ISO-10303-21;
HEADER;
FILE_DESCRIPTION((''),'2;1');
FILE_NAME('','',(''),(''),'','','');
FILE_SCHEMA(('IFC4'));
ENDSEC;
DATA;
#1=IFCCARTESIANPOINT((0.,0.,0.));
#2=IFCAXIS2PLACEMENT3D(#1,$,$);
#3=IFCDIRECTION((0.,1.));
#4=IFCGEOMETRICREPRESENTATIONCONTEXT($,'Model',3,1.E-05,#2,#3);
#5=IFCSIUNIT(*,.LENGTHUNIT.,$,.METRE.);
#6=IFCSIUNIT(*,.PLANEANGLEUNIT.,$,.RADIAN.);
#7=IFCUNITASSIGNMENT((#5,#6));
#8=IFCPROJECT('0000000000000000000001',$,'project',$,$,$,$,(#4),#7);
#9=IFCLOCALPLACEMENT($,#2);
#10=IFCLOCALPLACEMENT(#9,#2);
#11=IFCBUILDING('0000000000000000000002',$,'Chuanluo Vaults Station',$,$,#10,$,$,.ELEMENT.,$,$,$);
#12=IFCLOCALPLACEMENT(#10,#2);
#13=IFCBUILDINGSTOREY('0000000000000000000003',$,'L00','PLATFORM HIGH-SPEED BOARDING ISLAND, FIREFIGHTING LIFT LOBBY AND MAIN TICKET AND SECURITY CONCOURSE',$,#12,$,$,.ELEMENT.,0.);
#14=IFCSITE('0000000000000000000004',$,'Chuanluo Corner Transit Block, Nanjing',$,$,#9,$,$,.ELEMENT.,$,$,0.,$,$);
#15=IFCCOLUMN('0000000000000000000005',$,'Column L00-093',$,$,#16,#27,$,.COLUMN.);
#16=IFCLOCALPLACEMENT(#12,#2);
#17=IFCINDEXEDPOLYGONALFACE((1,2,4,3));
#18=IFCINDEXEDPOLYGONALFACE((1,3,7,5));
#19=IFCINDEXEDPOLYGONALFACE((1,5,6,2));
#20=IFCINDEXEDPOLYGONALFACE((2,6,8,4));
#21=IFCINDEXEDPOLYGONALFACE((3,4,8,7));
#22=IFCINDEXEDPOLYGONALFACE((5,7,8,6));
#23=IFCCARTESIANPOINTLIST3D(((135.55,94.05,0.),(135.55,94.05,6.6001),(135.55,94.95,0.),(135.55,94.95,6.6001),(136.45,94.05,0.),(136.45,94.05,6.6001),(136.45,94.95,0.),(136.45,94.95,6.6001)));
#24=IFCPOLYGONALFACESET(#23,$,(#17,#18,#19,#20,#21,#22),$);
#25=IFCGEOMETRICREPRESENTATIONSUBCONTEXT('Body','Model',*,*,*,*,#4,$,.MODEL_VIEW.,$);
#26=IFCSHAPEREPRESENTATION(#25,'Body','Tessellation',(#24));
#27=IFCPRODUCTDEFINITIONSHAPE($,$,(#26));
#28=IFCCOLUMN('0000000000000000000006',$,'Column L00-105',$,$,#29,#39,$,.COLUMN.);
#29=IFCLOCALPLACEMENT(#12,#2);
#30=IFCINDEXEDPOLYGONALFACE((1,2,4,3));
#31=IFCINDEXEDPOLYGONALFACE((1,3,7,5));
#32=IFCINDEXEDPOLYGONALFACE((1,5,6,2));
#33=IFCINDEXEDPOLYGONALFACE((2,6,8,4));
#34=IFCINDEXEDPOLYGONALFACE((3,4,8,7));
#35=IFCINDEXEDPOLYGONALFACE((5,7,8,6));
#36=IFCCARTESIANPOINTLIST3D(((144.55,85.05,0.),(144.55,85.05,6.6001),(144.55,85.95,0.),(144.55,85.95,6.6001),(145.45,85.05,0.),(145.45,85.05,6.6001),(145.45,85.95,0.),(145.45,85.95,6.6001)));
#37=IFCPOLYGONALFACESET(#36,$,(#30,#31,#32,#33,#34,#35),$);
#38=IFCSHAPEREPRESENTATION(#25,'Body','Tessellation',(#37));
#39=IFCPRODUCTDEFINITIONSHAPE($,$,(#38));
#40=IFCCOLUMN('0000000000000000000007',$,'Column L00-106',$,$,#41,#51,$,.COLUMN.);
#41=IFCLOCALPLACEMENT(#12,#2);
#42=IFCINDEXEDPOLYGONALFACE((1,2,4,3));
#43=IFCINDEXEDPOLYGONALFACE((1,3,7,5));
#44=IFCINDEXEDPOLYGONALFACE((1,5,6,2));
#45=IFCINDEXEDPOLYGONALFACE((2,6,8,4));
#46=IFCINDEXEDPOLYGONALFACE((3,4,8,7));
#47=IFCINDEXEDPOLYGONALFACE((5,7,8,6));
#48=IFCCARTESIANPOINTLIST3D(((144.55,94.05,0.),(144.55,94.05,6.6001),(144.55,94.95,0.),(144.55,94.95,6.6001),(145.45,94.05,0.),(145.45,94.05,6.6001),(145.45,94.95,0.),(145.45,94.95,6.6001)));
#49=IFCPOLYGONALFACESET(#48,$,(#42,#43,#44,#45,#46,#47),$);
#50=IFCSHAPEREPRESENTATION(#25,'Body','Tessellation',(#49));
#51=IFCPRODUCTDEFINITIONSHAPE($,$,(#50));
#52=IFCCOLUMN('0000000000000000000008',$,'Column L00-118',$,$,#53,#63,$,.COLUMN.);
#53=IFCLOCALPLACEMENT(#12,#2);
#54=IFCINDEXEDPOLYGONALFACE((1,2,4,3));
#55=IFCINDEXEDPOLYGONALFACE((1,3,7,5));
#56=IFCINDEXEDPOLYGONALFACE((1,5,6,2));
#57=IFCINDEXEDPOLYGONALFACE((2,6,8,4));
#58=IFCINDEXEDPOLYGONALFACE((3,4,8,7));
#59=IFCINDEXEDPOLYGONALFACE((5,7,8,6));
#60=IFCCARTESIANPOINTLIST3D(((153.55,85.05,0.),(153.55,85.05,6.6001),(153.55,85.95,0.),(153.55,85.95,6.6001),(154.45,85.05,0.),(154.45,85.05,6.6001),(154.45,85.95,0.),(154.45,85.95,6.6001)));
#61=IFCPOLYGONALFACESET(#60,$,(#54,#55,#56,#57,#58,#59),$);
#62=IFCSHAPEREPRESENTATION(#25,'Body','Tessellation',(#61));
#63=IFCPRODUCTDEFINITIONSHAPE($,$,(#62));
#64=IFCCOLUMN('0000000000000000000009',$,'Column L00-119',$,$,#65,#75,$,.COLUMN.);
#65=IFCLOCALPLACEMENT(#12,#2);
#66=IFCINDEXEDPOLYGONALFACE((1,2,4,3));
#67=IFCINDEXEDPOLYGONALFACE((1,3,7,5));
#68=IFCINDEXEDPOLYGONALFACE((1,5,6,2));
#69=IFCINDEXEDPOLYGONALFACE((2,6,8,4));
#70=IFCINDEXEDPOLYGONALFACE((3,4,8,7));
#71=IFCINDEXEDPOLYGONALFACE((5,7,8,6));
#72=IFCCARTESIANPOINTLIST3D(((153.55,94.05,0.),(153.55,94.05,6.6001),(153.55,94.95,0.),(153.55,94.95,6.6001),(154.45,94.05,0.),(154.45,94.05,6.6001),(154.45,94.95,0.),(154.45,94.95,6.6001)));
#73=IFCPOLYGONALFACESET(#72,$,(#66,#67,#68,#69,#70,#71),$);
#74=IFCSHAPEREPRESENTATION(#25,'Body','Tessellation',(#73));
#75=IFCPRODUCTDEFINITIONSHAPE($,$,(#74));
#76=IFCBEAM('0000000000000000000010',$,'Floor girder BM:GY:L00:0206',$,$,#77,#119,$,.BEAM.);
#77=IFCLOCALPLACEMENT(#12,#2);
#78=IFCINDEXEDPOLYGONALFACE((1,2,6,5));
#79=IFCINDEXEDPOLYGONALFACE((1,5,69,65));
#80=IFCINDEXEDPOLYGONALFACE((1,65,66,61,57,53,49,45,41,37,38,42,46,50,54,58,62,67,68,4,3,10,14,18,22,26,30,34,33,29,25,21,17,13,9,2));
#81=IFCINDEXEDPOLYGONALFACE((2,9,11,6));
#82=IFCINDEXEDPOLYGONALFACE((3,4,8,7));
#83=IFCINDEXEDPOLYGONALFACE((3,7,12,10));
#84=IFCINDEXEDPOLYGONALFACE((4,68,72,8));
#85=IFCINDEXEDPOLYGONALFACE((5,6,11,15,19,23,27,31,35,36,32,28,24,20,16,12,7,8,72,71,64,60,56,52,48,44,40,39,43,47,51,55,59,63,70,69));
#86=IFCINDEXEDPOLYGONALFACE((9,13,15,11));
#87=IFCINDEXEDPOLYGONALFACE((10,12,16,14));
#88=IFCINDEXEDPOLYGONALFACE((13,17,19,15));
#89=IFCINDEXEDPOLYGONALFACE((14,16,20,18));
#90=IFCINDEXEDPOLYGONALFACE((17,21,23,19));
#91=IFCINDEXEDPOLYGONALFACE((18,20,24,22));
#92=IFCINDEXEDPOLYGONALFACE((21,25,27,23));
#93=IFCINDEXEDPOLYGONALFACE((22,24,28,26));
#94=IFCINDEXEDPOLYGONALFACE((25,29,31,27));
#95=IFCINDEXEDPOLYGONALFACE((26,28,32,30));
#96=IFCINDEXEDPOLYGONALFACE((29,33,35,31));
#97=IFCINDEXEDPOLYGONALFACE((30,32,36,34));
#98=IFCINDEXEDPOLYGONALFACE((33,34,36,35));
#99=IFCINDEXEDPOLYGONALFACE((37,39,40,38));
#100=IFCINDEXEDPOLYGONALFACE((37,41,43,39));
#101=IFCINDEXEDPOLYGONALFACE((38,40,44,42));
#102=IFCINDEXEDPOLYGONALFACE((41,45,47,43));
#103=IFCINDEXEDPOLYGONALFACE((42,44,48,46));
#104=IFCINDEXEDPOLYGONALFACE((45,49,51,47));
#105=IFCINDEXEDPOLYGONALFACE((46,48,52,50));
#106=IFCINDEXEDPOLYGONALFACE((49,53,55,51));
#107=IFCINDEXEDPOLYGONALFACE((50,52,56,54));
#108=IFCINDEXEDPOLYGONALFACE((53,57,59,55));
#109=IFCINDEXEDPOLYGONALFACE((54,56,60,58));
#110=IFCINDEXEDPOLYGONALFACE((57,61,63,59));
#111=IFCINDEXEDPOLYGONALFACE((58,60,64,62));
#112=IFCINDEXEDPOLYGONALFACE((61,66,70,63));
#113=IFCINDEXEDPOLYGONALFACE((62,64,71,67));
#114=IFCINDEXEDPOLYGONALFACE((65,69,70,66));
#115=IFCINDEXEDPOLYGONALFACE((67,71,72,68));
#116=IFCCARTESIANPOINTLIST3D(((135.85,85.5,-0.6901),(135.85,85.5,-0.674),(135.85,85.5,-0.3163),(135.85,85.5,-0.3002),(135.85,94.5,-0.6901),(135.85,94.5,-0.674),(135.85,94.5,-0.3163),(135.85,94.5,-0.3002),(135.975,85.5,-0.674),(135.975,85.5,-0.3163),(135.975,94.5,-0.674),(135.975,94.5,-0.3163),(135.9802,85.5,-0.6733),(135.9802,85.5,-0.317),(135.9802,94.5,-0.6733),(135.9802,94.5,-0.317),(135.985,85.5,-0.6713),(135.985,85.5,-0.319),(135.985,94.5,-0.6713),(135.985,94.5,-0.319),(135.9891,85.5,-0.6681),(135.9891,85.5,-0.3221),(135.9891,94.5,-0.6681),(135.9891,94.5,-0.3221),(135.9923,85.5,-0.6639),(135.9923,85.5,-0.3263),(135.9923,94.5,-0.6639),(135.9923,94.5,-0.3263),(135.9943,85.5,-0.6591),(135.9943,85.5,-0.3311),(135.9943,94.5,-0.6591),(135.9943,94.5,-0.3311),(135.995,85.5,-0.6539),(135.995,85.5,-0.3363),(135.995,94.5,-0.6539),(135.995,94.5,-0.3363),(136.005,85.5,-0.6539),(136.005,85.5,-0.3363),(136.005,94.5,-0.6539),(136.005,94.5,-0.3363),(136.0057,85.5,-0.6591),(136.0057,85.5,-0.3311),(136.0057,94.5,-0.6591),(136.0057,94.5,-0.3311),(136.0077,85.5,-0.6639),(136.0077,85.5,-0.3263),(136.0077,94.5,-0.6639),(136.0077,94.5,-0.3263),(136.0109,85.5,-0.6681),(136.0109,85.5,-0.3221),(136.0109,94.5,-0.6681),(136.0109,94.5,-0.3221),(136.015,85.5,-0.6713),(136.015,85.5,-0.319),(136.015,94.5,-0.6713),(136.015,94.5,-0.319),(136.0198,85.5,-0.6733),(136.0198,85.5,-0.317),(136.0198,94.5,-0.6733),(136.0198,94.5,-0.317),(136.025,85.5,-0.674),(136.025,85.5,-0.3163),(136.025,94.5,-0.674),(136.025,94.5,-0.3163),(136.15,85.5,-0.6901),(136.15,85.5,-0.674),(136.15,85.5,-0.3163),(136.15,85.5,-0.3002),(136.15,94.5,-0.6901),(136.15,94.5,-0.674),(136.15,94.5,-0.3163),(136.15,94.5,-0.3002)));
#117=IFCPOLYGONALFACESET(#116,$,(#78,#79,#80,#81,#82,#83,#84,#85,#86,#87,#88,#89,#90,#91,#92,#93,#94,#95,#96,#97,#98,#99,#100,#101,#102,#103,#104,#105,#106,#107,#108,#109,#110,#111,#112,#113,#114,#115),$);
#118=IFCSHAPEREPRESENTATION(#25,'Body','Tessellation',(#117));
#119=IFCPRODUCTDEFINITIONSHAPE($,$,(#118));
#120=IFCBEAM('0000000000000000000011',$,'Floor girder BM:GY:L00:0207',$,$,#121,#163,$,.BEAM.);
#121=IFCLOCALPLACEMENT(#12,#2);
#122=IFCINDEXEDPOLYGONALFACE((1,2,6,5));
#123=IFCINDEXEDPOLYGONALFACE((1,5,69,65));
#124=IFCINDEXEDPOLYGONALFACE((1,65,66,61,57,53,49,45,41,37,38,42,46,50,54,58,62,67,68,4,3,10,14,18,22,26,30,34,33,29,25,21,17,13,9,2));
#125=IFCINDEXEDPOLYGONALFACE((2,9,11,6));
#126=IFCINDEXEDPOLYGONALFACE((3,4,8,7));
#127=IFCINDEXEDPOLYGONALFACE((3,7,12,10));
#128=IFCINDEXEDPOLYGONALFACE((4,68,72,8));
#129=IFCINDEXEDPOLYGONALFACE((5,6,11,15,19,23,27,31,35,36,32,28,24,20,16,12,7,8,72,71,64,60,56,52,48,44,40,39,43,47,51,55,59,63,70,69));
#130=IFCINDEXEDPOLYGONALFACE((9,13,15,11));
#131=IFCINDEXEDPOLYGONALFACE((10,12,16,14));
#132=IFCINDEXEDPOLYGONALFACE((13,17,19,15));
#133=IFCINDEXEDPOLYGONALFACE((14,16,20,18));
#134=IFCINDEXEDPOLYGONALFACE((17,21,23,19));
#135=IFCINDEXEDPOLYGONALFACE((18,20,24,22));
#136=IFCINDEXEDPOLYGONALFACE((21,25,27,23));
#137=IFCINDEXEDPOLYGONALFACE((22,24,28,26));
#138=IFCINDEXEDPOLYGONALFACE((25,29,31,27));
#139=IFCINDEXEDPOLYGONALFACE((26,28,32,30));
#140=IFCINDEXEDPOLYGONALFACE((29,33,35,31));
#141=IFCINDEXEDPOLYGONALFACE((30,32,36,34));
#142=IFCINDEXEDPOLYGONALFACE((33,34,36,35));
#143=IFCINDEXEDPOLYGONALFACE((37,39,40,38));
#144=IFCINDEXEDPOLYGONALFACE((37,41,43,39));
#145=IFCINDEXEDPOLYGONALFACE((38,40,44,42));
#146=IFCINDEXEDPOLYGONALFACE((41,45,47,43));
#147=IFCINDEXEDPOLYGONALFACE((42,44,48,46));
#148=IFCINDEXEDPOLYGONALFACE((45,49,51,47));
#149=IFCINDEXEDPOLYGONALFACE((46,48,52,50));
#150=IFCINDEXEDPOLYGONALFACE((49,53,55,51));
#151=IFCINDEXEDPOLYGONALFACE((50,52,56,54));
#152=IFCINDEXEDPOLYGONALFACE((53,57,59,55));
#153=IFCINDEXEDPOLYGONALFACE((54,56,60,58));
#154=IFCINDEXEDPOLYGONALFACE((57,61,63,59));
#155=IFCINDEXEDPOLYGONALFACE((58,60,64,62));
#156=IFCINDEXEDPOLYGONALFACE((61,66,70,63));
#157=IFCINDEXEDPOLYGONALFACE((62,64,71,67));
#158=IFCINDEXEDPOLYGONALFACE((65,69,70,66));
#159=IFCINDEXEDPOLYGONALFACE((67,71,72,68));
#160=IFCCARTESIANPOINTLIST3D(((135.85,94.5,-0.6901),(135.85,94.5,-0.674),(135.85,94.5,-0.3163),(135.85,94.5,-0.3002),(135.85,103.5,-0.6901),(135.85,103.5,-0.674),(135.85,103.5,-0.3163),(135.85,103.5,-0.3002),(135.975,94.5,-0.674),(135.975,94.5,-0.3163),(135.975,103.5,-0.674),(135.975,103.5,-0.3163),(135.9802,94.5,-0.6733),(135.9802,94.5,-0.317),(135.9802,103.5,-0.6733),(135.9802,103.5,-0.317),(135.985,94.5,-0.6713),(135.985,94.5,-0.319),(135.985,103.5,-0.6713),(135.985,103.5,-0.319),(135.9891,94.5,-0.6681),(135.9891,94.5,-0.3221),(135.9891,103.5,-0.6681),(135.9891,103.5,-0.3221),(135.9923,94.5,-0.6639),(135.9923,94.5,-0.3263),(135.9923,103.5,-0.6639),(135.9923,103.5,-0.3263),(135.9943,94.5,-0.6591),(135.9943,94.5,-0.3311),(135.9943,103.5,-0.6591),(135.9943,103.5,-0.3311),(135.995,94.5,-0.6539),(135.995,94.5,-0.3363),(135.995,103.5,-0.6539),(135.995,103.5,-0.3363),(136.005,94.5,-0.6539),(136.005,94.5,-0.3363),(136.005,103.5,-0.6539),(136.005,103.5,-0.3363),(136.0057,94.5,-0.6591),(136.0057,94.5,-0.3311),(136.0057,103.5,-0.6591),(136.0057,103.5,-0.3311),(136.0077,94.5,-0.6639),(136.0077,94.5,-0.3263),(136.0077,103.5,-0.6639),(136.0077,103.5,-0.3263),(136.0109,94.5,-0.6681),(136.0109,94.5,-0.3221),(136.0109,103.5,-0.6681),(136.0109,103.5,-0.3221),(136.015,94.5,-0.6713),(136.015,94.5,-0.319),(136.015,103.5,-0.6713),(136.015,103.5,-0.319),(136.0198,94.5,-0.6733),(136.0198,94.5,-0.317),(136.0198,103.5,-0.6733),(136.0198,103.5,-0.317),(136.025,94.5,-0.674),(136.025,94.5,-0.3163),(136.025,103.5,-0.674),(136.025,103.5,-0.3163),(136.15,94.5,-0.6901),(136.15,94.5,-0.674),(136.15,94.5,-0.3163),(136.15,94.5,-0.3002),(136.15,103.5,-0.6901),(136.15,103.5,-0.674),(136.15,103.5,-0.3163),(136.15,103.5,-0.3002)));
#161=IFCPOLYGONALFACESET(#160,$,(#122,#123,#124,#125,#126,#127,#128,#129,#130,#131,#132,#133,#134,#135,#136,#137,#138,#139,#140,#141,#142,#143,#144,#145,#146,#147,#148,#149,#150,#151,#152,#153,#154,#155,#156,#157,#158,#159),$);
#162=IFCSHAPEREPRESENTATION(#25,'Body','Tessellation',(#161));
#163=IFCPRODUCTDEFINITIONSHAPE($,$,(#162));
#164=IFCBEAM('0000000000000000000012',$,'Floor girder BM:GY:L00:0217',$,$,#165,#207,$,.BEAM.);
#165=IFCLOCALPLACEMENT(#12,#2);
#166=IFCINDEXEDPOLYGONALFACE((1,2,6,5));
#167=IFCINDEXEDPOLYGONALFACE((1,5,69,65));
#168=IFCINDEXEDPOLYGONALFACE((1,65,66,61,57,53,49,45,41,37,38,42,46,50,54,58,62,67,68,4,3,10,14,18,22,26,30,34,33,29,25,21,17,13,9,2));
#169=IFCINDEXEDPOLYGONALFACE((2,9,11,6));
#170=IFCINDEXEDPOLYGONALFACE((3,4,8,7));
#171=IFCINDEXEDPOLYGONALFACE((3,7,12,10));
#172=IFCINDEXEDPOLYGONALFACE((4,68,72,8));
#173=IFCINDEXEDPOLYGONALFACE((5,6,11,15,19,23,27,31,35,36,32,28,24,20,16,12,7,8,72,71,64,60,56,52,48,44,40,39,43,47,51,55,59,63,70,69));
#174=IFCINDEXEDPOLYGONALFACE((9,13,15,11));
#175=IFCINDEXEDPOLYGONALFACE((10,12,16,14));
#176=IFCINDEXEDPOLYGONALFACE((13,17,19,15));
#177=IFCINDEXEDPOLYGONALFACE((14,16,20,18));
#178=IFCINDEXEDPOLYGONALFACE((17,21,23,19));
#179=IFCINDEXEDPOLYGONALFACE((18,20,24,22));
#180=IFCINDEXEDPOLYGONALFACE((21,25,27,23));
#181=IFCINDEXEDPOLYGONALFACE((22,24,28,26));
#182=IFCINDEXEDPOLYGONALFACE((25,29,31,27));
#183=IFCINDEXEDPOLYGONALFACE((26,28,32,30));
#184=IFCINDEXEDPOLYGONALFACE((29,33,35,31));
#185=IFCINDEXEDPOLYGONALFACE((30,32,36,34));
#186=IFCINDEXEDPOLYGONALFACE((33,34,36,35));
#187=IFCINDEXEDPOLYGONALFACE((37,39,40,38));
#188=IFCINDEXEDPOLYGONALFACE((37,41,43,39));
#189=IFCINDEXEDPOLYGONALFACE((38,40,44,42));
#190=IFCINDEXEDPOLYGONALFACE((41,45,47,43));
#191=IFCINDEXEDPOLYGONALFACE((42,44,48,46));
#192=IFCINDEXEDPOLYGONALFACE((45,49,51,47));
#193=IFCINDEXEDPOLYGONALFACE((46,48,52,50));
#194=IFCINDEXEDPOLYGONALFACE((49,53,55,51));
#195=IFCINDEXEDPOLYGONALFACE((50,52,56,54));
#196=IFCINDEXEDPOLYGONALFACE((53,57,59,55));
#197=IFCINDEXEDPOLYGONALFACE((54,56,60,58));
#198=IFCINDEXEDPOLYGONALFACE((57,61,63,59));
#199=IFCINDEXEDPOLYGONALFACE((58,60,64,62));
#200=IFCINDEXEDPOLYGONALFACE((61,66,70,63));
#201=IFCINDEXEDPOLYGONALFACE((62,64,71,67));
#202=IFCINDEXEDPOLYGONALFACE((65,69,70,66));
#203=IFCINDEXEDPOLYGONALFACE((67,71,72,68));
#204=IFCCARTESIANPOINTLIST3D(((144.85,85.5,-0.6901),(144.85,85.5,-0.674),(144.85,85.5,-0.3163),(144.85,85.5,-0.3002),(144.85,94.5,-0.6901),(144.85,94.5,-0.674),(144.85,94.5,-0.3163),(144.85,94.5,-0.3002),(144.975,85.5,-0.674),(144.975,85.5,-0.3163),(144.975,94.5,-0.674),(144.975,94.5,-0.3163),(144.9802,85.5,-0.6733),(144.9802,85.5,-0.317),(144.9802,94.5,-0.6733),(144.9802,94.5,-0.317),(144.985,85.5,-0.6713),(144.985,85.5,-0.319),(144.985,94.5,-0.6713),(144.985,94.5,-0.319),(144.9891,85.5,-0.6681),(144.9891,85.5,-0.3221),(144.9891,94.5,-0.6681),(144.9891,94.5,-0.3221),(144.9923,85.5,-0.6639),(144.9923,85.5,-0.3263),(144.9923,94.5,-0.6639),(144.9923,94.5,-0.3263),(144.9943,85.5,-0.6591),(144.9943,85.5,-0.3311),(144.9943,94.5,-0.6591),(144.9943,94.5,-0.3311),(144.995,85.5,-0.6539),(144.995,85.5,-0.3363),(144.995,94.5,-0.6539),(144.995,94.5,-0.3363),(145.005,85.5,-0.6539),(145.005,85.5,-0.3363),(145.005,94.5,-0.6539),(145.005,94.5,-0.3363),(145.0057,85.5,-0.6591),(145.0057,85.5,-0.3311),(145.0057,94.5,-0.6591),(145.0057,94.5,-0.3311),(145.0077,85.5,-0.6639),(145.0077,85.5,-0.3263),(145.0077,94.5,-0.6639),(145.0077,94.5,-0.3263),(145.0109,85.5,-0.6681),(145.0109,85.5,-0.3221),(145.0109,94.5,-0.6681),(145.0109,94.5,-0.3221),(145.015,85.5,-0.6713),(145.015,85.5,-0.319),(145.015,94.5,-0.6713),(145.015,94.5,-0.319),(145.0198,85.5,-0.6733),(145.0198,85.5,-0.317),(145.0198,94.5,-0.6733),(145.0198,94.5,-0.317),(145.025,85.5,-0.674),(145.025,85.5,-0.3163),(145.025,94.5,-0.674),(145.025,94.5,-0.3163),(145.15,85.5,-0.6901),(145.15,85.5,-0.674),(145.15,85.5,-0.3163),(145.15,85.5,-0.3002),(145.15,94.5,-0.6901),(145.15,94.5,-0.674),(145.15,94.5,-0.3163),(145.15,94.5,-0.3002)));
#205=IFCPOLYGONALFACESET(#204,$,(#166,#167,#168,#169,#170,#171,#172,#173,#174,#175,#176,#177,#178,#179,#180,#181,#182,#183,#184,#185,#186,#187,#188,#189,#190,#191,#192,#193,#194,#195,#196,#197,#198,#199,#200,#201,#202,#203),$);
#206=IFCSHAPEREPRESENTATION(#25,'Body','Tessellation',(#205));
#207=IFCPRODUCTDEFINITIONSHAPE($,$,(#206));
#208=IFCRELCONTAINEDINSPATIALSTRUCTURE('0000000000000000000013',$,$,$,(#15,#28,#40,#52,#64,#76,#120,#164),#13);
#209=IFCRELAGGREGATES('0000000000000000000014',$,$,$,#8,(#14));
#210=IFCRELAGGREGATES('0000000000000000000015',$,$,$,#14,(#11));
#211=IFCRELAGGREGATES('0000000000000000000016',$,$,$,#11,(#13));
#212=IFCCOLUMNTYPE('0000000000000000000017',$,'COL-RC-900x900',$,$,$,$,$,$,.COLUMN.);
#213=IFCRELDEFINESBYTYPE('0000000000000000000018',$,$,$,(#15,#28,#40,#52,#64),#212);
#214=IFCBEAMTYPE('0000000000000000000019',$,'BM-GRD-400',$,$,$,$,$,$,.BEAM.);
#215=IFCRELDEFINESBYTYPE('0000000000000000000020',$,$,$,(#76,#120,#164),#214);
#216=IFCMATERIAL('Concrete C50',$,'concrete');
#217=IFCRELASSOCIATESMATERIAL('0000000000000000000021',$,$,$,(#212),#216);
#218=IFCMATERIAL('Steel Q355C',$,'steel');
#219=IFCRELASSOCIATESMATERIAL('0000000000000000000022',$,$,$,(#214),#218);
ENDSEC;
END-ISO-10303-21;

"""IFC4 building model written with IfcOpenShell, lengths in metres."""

from ifc_helpers import new_model, si_unit, direction, frame, origin, origin_2d, place, context, subcontext, project, spatial, rectangle, i_section, extrude, material, material_profile, profile_set, type_object, element, save


model = new_model("IFC4")

# Units and contexts
model_context = context("Model", 3, precision=1e-05, world=origin(), true_north=direction((0.0, 1.0)))
body_context = subcontext(model_context, "Body", "Model", "MODEL_VIEW")
ifc_project = project(units=[si_unit("LENGTHUNIT", "METRE"), si_unit("PLANEANGLEUNIT", "RADIAN")], contexts=[model_context])

# Site, building, storey
site_placement = place(None, origin())
site = spatial("IfcSite", under=ifc_project, at=site_placement, Name="Chuanluo Corner Transit Block, Nanjing", CompositionType="ELEMENT", RefElevation=0.0)
building_placement = place(site_placement, origin())
building = spatial("IfcBuilding", under=site, at=building_placement, Name="Chuanluo Vaults Station", CompositionType="ELEMENT")
storey_placement = place(building_placement, origin())
storey = spatial("IfcBuildingStorey", under=building, at=storey_placement, Name="L00", Description="PLATFORM HIGH-SPEED BOARDING ISLAND, FIREFIGHTING LIFT LOBBY AND MAIN TICKET AND SECURITY CONCOURSE", CompositionType="ELEMENT", Elevation=0.0)

# Columns
ifc_material_1 = material(Name="Concrete C50", Category="concrete")
ifc_material_profile_1 = material_profile(ifc_material_1, rectangle(XDim=0.8999, YDim=0.8999, at=origin_2d()))
ifc_profile_set_1 = profile_set([ifc_material_profile_1], Name="Concrete C50")
column_type = type_object("IfcColumnType", Name="COL-RC-900x900", PredefinedType="COLUMN", material=ifc_profile_set_1)
for number, where, z_axis, x_axis, name in (
    (1, (136.0, 94.5, 0.0), (0.0, 0.0, 1.0), (1.0, 0.0, 0.0), "Column L00-093"),
    (2, (145.0, 85.5, 0.0), (0.0, 0.0, 1.0), (1.0, 0.0, 0.0), "Column L00-105"),
    (3, (145.0, 94.5, 0.0), (0.0, 0.0, 1.0), (1.0, 0.0, 0.0), "Column L00-106"),
    (4, (154.0, 85.5, 0.0), (0.0, 0.0, 1.0), (1.0, 0.0, 0.0), "Column L00-118"),
    (5, (154.0, 94.5, 0.0), (0.0, 0.0, 1.0), (1.0, 0.0, 0.0), "Column L00-119"),
):
    element("IfcColumn", number, at=place(storey_placement, frame(where, z_axis=z_axis, x_axis=x_axis)), inside=storey, type_object=column_type, Name=name, PredefinedType="COLUMN", context=body_context, shape_type="SweptSolid", body=[
        extrude(rectangle(XDim=0.8999, YDim=0.8999, at=origin_2d()), origin(), (0.0, 0.0, 1.0), 6.6001),
    ])

# Beams
ifc_material_2 = material(Name="Steel Q355C", Category="steel")
ifc_material_profile_2 = material_profile(ifc_material_2, i_section(OverallWidth=0.3, OverallDepth=0.3899, WebThickness=0.01, FlangeThickness=0.0161, FilletRadius=0.02, at=origin_2d()))
ifc_profile_set_2 = profile_set([ifc_material_profile_2], Name="Steel Q355C")
beam_type_1 = type_object("IfcBeamType", Name="BM-GRD-400", PredefinedType="BEAM", material=ifc_profile_set_2)
for number, where, z_axis, x_axis, name in (
    (6, (136.0, 85.5, -0.4951), (0.0, 1.0, 0.0), (-1.0, 0.0, 0.0), "Floor girder BM:GY:L00:0206"),
    (7, (136.0, 94.5, -0.4951), (0.0, 1.0, 0.0), (-1.0, 0.0, 0.0), "Floor girder BM:GY:L00:0207"),
    (8, (145.0, 85.5, -0.4951), (0.0, 1.0, 0.0), (-1.0, 0.0, 0.0), "Floor girder BM:GY:L00:0217"),
):
    element("IfcBeam", number, at=place(storey_placement, frame(where, z_axis=z_axis, x_axis=x_axis)), inside=storey, type_object=beam_type_1, Name=name, PredefinedType="BEAM", context=body_context, shape_type="SweptSolid", body=[
        extrude(i_section(OverallWidth=0.3, OverallDepth=0.3899, WebThickness=0.01, FlangeThickness=0.0161, FilletRadius=0.02, at=origin_2d()), origin(), (0.0, 0.0, 1.0), 9.0),
    ])

save(model, "model.ifc")
